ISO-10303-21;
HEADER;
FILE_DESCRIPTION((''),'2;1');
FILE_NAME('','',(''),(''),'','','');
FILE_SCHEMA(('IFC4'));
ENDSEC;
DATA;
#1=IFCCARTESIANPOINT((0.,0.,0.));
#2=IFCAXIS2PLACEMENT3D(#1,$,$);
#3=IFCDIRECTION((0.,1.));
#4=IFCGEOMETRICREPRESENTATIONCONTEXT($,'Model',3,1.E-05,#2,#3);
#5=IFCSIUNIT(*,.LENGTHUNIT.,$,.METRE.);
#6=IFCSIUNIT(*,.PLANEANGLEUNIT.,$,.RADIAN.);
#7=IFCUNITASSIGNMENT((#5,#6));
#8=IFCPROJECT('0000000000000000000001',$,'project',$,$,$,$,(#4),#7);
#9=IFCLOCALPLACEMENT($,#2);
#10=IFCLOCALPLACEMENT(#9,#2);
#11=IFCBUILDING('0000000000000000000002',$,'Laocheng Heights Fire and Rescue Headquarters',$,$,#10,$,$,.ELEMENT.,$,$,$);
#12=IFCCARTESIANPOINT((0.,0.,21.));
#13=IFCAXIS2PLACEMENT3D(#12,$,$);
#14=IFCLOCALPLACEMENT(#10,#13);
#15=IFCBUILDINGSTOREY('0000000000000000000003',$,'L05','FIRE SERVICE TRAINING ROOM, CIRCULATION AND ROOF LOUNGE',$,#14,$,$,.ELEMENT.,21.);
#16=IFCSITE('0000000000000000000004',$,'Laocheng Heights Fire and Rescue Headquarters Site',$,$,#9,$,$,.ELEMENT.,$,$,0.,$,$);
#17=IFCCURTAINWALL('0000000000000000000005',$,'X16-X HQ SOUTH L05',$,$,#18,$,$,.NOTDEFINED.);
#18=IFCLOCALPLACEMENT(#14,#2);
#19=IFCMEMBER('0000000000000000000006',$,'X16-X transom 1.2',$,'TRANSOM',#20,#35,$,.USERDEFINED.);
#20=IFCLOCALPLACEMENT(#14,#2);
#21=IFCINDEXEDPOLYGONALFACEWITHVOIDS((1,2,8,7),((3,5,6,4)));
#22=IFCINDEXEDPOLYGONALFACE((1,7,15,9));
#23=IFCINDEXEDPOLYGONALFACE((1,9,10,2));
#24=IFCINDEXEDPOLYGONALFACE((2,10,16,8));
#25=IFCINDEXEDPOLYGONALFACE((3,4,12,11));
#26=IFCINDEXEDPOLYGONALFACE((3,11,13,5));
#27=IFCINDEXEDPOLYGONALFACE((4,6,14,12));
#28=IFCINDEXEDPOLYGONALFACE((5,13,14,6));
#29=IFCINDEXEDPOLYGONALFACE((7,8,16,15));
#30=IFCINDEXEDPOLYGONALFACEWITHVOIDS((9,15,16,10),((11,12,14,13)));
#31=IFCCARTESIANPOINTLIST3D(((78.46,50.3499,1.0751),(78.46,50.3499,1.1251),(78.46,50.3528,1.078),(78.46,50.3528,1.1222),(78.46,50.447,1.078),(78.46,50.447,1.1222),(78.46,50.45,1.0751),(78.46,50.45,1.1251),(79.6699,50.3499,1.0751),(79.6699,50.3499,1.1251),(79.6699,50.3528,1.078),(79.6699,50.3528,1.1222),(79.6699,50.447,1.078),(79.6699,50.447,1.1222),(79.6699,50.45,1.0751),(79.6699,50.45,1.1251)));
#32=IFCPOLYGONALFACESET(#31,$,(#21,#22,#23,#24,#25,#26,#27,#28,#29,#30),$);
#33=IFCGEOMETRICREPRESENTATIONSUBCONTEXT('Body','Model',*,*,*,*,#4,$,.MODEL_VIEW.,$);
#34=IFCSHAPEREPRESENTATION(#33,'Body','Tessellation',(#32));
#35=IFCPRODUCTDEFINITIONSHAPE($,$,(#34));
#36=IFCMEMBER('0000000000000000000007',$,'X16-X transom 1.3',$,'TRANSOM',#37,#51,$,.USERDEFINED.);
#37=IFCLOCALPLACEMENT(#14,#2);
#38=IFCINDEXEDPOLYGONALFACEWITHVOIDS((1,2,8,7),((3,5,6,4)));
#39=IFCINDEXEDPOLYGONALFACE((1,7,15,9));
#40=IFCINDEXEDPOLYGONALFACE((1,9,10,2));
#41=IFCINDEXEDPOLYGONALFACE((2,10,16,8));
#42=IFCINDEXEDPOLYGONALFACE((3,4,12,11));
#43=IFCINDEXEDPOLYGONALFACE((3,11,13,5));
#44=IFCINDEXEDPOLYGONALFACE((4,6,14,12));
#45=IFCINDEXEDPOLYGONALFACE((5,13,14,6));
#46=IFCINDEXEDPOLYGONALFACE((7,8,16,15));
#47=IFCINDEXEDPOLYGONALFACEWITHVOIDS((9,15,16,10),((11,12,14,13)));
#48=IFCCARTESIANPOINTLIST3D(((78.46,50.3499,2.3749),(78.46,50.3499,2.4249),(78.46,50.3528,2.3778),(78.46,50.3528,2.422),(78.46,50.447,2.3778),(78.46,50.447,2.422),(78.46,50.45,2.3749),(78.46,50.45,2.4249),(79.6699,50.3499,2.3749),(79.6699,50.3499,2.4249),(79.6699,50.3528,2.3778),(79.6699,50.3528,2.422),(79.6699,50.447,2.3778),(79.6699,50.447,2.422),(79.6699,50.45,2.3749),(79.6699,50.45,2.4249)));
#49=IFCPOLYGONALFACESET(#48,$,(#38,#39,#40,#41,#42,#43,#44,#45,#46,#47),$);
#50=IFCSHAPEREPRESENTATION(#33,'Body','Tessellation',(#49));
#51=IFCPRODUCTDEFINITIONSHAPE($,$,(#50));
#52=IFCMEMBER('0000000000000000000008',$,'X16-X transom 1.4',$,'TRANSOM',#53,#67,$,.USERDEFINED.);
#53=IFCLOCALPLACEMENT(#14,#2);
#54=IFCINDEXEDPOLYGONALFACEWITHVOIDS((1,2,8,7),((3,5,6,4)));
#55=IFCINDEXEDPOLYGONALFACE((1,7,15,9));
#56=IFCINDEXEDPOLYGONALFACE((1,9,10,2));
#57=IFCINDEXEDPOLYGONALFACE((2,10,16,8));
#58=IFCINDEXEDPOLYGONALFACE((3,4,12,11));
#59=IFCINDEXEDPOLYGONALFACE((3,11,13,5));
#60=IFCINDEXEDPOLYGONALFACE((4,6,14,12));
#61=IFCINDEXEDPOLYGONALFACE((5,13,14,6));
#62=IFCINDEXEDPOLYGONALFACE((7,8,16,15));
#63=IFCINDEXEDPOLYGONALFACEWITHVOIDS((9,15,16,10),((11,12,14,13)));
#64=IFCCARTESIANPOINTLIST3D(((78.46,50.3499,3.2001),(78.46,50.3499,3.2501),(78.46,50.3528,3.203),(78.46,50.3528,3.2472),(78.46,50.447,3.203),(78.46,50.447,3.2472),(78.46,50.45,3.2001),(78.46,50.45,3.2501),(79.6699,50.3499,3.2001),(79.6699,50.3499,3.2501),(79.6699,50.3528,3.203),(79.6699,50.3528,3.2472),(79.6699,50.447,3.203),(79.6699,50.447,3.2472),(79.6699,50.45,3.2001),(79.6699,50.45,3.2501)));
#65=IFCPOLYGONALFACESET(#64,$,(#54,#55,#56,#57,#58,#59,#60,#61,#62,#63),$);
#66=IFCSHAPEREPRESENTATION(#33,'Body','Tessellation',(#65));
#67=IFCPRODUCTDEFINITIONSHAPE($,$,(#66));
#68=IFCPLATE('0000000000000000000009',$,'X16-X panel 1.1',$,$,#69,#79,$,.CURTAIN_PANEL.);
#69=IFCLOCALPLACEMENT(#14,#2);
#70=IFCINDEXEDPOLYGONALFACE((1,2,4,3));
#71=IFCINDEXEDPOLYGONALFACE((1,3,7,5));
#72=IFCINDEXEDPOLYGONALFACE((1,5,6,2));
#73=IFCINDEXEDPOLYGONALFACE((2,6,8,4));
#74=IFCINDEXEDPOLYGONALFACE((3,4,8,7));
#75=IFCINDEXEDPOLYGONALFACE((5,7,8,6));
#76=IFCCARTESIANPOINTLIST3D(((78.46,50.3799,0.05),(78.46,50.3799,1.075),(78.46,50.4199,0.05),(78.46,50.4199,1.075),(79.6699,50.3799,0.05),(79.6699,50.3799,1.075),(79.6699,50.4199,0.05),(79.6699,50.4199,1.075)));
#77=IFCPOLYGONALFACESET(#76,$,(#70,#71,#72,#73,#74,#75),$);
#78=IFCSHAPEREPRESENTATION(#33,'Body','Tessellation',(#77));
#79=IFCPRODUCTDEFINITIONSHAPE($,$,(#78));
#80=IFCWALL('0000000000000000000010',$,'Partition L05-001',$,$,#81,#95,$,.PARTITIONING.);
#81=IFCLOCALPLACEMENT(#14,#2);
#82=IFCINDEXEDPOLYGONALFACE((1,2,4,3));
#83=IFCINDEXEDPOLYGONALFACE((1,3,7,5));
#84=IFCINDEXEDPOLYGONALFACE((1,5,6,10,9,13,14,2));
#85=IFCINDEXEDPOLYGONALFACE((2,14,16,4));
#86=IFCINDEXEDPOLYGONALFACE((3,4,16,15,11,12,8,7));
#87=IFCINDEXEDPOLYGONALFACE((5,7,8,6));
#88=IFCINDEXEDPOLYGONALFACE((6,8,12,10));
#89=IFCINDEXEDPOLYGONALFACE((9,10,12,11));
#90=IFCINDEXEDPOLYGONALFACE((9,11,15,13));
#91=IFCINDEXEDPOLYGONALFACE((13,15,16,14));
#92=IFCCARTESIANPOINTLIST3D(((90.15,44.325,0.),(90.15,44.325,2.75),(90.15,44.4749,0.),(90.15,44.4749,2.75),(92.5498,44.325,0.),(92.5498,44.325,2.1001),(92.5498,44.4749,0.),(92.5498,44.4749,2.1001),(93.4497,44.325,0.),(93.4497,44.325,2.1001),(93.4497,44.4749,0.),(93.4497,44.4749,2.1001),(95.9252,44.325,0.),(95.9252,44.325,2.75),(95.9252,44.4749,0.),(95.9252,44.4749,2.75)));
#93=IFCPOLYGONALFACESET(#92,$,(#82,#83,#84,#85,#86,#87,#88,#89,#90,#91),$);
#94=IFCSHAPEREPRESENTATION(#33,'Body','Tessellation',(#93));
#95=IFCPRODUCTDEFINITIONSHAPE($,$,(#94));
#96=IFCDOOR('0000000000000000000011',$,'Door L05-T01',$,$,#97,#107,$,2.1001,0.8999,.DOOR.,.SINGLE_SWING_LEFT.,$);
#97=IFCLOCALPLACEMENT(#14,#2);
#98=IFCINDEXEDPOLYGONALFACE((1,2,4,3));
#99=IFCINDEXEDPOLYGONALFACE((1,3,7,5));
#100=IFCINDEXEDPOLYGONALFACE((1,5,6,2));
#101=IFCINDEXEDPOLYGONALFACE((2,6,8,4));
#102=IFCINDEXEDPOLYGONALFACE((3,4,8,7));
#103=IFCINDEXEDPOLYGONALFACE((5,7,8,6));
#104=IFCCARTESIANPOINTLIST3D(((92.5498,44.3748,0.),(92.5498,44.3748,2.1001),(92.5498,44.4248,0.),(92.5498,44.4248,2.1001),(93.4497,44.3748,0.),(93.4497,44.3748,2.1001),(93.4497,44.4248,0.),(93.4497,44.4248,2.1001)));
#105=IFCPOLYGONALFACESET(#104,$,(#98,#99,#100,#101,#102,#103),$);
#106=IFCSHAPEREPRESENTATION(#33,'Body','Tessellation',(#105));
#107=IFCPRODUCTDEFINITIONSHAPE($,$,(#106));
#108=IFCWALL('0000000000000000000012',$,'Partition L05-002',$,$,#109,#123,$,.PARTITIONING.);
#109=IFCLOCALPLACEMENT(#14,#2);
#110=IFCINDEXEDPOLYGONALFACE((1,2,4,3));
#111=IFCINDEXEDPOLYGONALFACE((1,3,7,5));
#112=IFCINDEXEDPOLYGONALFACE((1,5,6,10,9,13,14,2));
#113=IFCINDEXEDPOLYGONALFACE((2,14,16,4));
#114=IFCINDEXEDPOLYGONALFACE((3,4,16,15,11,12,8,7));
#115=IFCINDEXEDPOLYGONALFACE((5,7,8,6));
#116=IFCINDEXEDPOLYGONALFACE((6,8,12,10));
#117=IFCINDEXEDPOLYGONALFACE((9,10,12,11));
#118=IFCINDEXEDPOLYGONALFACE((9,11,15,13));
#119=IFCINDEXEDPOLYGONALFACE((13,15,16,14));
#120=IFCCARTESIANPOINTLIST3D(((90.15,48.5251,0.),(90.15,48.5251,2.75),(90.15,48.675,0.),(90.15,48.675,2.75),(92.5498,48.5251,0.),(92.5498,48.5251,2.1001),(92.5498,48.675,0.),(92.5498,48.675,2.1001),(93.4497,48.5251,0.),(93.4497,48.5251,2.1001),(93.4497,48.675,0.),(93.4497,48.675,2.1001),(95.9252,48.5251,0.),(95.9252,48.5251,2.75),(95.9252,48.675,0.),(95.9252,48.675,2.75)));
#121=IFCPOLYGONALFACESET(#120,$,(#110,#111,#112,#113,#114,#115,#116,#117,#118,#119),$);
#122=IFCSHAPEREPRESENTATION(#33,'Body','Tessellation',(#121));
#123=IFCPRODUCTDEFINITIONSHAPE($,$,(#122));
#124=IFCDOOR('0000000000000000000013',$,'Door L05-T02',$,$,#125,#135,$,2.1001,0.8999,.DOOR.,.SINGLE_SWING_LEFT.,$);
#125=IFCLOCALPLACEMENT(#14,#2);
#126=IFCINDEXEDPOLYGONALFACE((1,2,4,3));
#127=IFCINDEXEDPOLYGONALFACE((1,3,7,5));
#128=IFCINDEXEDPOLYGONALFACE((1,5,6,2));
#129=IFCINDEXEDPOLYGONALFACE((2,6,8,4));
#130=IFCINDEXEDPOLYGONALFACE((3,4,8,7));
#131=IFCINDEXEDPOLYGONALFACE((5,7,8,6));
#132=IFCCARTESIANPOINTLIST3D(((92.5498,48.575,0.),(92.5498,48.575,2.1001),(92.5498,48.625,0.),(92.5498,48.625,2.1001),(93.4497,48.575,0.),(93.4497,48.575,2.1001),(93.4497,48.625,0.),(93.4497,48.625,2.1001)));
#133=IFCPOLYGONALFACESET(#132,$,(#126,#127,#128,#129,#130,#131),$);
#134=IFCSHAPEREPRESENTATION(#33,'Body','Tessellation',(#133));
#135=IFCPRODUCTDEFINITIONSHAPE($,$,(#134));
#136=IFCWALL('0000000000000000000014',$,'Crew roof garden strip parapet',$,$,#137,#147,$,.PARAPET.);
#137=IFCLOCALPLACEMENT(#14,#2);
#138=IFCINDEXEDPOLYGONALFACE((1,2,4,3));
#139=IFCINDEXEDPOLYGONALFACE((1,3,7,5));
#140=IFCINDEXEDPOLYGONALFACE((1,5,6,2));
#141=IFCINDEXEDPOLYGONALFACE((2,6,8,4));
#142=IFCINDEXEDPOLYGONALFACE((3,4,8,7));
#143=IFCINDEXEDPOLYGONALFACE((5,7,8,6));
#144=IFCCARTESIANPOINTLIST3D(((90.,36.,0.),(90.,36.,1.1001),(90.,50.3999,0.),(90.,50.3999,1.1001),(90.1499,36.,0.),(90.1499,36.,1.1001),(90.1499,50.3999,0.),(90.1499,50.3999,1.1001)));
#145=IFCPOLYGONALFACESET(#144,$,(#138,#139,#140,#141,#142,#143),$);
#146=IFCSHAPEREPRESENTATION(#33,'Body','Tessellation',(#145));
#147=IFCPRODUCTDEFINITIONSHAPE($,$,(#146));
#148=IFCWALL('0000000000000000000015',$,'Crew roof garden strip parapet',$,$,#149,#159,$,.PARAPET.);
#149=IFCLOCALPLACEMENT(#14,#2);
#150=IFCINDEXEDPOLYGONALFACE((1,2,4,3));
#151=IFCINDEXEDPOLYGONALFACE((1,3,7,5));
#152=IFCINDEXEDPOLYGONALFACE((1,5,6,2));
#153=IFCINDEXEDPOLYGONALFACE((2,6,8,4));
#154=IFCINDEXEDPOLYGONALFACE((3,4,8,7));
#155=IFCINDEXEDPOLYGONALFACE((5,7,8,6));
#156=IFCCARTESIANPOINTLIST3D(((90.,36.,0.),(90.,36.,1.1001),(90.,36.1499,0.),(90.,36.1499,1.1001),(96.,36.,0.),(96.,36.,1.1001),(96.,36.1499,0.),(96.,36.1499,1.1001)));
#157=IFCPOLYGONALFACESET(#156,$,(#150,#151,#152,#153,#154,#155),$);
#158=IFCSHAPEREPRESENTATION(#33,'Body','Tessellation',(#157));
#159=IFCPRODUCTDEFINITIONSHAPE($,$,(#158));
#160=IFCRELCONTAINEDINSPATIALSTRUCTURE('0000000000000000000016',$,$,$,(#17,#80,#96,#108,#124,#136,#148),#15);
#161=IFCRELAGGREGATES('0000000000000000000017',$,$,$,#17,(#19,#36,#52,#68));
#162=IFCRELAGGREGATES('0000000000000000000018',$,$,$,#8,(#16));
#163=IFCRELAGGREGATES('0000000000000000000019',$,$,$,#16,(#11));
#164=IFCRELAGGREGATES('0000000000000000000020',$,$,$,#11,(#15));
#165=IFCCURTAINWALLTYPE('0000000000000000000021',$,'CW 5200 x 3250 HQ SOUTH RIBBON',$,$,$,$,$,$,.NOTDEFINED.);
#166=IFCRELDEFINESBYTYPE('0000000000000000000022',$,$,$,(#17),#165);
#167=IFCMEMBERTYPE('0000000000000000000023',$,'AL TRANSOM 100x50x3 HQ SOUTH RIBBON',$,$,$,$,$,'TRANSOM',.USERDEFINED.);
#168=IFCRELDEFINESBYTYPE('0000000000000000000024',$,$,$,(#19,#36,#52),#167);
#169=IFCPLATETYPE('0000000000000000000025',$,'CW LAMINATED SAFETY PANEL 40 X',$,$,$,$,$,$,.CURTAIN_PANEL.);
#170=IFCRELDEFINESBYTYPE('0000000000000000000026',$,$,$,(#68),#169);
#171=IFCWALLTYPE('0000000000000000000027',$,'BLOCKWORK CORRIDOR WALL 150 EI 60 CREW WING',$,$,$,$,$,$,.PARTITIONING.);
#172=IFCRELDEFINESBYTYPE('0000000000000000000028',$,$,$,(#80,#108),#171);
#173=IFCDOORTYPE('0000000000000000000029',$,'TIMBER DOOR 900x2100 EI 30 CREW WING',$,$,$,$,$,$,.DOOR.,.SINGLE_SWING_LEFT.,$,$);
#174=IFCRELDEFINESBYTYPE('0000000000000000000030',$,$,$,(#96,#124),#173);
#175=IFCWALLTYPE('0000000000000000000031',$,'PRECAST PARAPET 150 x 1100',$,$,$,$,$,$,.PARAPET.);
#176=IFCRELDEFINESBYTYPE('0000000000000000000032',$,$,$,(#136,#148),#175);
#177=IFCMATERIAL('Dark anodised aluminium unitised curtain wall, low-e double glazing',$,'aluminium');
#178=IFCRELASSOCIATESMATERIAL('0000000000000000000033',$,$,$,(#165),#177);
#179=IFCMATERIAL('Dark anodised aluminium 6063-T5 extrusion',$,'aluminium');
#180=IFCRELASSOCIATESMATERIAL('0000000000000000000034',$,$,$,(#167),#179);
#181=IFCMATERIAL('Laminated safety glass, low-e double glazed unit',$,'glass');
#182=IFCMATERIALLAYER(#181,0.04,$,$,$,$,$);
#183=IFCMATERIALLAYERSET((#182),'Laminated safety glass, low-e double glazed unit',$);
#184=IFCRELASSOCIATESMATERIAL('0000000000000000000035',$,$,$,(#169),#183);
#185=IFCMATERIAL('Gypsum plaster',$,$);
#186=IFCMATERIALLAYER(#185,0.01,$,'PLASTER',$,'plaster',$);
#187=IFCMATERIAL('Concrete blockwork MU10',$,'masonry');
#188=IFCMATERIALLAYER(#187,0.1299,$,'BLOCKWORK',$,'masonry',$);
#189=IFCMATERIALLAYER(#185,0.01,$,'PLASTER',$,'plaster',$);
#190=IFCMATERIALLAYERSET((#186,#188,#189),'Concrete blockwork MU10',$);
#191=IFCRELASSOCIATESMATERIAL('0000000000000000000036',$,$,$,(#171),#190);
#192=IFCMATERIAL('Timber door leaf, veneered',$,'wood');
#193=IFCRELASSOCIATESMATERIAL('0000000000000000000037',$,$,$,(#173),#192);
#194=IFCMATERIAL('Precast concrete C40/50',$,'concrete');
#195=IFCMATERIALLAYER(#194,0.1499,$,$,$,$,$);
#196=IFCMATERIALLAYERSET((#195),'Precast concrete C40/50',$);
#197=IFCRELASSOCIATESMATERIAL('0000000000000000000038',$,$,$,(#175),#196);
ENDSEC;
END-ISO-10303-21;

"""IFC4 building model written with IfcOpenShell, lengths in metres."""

from ifc_helpers import new_model, si_unit, direction, frame, frame_2d, origin, origin_2d, place, context, subcontext, project, spatial, rectangle, hollow_rectangle, extrude, material, layer, layer_set, material_profile, profile_set, type_object, element, fill, aggregate, save


model = new_model("IFC4")

# Units and contexts
model_context = context("Model", 3, precision=1e-05, world=origin(), true_north=direction((0.0, 1.0)))
body_context = subcontext(model_context, "Body", "Model", "MODEL_VIEW")
ifc_project = project(units=[si_unit("LENGTHUNIT", "METRE"), si_unit("PLANEANGLEUNIT", "RADIAN")], contexts=[model_context])

# Site, building, storey
site_placement = place(None, origin())
site = spatial("IfcSite", under=ifc_project, at=site_placement, Name="Laocheng Heights Fire and Rescue Headquarters Site", CompositionType="ELEMENT", RefElevation=0.0)
building_placement = place(site_placement, origin())
building = spatial("IfcBuilding", under=site, at=building_placement, Name="Laocheng Heights Fire and Rescue Headquarters", CompositionType="ELEMENT")
storey_placement = place(building_placement, frame((0.0, 0.0, 21.0)))
storey = spatial("IfcBuildingStorey", under=building, at=storey_placement, Name="L05", Description="FIRE SERVICE TRAINING ROOM, CIRCULATION AND ROOF LOUNGE", CompositionType="ELEMENT", Elevation=21.0)

# Curtain wall, members, plate
ifc_material_1 = material(Name="Dark anodised aluminium unitised curtain wall, low-e double glazing", Category="aluminium")
curtain_wall_type = type_object("IfcCurtainWallType", Name="CW 5200 x 3250 HQ SOUTH RIBBON", PredefinedType="NOTDEFINED", material=ifc_material_1)
curtain_wall_placement = place(storey_placement, origin())
curtain_wall = element("IfcCurtainWall", 1, at=curtain_wall_placement, inside=storey, type_object=curtain_wall_type, Name="X16-X HQ SOUTH L05", PredefinedType="NOTDEFINED")
ifc_material_2 = material(Name="Dark anodised aluminium 6063-T5 extrusion", Category="aluminium")
ifc_material_profile_1 = material_profile(ifc_material_2, hollow_rectangle(XDim=0.1001, YDim=0.05, WallThickness=0.0029, at=origin_2d()), Name="AL TRANSOM 100x50x3 HQ SOUTH RIBBON")
ifc_profile_set_1 = profile_set([ifc_material_profile_1], Name="Dark anodised aluminium 6063-T5 extrusion")
member_type = type_object("IfcMemberType", Name="AL TRANSOM 100x50x3 HQ SOUTH RIBBON", ElementType="TRANSOM", PredefinedType="USERDEFINED", material=ifc_profile_set_1)
member_1_placement = place(storey_placement, frame((78.46, 50.3999, 1.1001), z_axis=(1.0, 0.0, 0.0), x_axis=(0.0, 1.0, 0.0)))
member_1 = element("IfcMember", 2, at=member_1_placement, type_object=member_type, Name="X16-X transom 1.2", ObjectType="TRANSOM", PredefinedType="USERDEFINED", context=body_context, shape_type="SweptSolid", body=[
    extrude(hollow_rectangle(XDim=0.1001, YDim=0.05, WallThickness=0.0029, at=origin_2d()), origin(), (0.0, 0.0, 1.0), 1.21),
])
member_2_placement = place(storey_placement, frame((78.46, 50.3999, 2.3999), z_axis=(1.0, 0.0, 0.0), x_axis=(0.0, 1.0, 0.0)))
member_2 = element("IfcMember", 3, at=member_2_placement, type_object=member_type, Name="X16-X transom 1.3", ObjectType="TRANSOM", PredefinedType="USERDEFINED", context=body_context, shape_type="SweptSolid", body=[
    extrude(hollow_rectangle(XDim=0.1001, YDim=0.05, WallThickness=0.0029, at=origin_2d()), origin(), (0.0, 0.0, 1.0), 1.21),
])
member_3_placement = place(storey_placement, frame((78.46, 50.3999, 3.2251), z_axis=(1.0, 0.0, 0.0), x_axis=(0.0, 1.0, 0.0)))
member_3 = element("IfcMember", 4, at=member_3_placement, type_object=member_type, Name="X16-X transom 1.4", ObjectType="TRANSOM", PredefinedType="USERDEFINED", context=body_context, shape_type="SweptSolid", body=[
    extrude(hollow_rectangle(XDim=0.1001, YDim=0.05, WallThickness=0.0029, at=origin_2d()), origin(), (0.0, 0.0, 1.0), 1.21),
])
ifc_material_3 = material(Name="Laminated safety glass, low-e double glazed unit", Category="glass")
ifc_layer_1 = layer(ifc_material_3, 0.04)
ifc_layer_set_1 = layer_set([ifc_layer_1], Name="Laminated safety glass, low-e double glazed unit")
plate_type = type_object("IfcPlateType", Name="CW LAMINATED SAFETY PANEL 40 X", PredefinedType="CURTAIN_PANEL", material=ifc_layer_set_1)
plate_placement = place(storey_placement, frame((79.0649, 50.3999, 0.05), z_axis=(0.0, 0.0, 1.0), x_axis=(1.0, 0.0, 0.0)))
plate = element("IfcPlate", 5, at=plate_placement, type_object=plate_type, Name="X16-X panel 1.1", PredefinedType="CURTAIN_PANEL", context=body_context, shape_type="SweptSolid", body=[
    extrude(rectangle(XDim=1.21, YDim=0.04, at=origin_2d()), origin(), (0.0, 0.0, 1.0), 1.0249),
])
aggregate(curtain_wall, [member_1, member_2, member_3, plate])

# Walls, openings, doors
ifc_material_4 = material(Name="Gypsum plaster")
ifc_layer_2 = layer(ifc_material_4, 0.01, Name="PLASTER", Category="plaster")
ifc_material_5 = material(Name="Concrete blockwork MU10", Category="masonry")
ifc_layer_3 = layer(ifc_material_5, 0.1299, Name="BLOCKWORK", Category="masonry")
ifc_layer_4 = layer(ifc_material_4, 0.01, Name="PLASTER", Category="plaster")
ifc_layer_set_2 = layer_set([ifc_layer_2, ifc_layer_3, ifc_layer_4], Name="Concrete blockwork MU10")
wall_type_1 = type_object("IfcWallType", Name="BLOCKWORK CORRIDOR WALL 150 EI 60 CREW WING", PredefinedType="PARTITIONING", material=ifc_layer_set_2)
wall_1_placement = place(storey_placement, frame((90.1499, 44.3999, 0.0), z_axis=(0.0, 0.0, 1.0), x_axis=(1.0, 0.0, 0.0)))
wall_1 = element("IfcWall", 6, at=wall_1_placement, inside=storey, type_object=wall_type_1, Name="Partition L05-001", PredefinedType="PARTITIONING", context=body_context, shape_type="SweptSolid", body=[
    extrude(rectangle(XDim=5.7751, YDim=0.1499, at=frame_2d((2.8877, 0.0))), origin(), (0.0, 0.0, 1.0), 2.75),
])
opening_1_placement = place(wall_1_placement, frame((2.3999, 0.0, 0.0)))
opening_1 = element("IfcOpeningElement", 7, at=opening_1_placement, cuts=wall_1, PredefinedType="OPENING", context=body_context, shape_type="SweptSolid", body=[
    extrude(rectangle(XDim=0.8999, YDim=2.1001, at=frame_2d((0.45, 1.05))), frame((0.0, 0.085, 0.0), z_axis=(0.0, -1.0, 0.0), x_axis=(1.0, 0.0, 0.0)), (0.0, 0.0, 1.0), 0.1699),
])
ifc_material_6 = material(Name="Timber door leaf, veneered", Category="wood")
door_type = type_object("IfcDoorType", Name="TIMBER DOOR 900x2100 EI 30 CREW WING", OperationType="SINGLE_SWING_LEFT", PredefinedType="DOOR", material=ifc_material_6)
door_1_placement = place(opening_1_placement, origin())
door_1 = element("IfcDoor", 8, at=door_1_placement, inside=storey, type_object=door_type, Name="Door L05-T01", OperationType="SINGLE_SWING_LEFT", OverallHeight=2.1001, OverallWidth=0.8999, PredefinedType="DOOR", context=body_context, shape_type="SweptSolid", body=[
    extrude(rectangle(XDim=0.8999, YDim=2.1001, at=frame_2d((0.45, 1.05))), frame((0.0, 0.0249, 0.0), z_axis=(0.0, -1.0, 0.0), x_axis=(1.0, 0.0, 0.0)), (0.0, 0.0, 1.0), 0.05),
])
fill(opening_1, door_1)
wall_2_placement = place(storey_placement, frame((90.1499, 48.6001, 0.0), z_axis=(0.0, 0.0, 1.0), x_axis=(1.0, 0.0, 0.0)))
wall_2 = element("IfcWall", 9, at=wall_2_placement, inside=storey, type_object=wall_type_1, Name="Partition L05-002", PredefinedType="PARTITIONING", context=body_context, shape_type="SweptSolid", body=[
    extrude(rectangle(XDim=5.7751, YDim=0.1499, at=frame_2d((2.8877, 0.0))), origin(), (0.0, 0.0, 1.0), 2.75),
])
opening_2_placement = place(wall_2_placement, frame((2.3999, 0.0, 0.0)))
opening_2 = element("IfcOpeningElement", 10, at=opening_2_placement, cuts=wall_2, PredefinedType="OPENING", context=body_context, shape_type="SweptSolid", body=[
    extrude(rectangle(XDim=0.8999, YDim=2.1001, at=frame_2d((0.45, 1.05))), frame((0.0, 0.085, 0.0), z_axis=(0.0, -1.0, 0.0), x_axis=(1.0, 0.0, 0.0)), (0.0, 0.0, 1.0), 0.1699),
])
door_2_placement = place(opening_2_placement, origin())
door_2 = element("IfcDoor", 11, at=door_2_placement, inside=storey, type_object=door_type, Name="Door L05-T02", OperationType="SINGLE_SWING_LEFT", OverallHeight=2.1001, OverallWidth=0.8999, PredefinedType="DOOR", context=body_context, shape_type="SweptSolid", body=[
    extrude(rectangle(XDim=0.8999, YDim=2.1001, at=frame_2d((0.45, 1.05))), frame((0.0, 0.0249, 0.0), z_axis=(0.0, -1.0, 0.0), x_axis=(1.0, 0.0, 0.0)), (0.0, 0.0, 1.0), 0.05),
])
fill(opening_2, door_2)

# Walls
ifc_material_7 = material(Name="Precast concrete C40/50", Category="concrete")
ifc_layer_5 = layer(ifc_material_7, 0.1499)
ifc_layer_set_3 = layer_set([ifc_layer_5], Name="Precast concrete C40/50")
wall_type_2 = type_object("IfcWallType", Name="PRECAST PARAPET 150 x 1100", PredefinedType="PARAPET", material=ifc_layer_set_3)
wall_3_placement = place(storey_placement, frame((90.075, 36.0, 0.0), z_axis=(0.0, 0.0, 1.0), x_axis=(0.0, 1.0, 0.0)))
element("IfcWall", 12, at=wall_3_placement, inside=storey, type_object=wall_type_2, Name="Crew roof garden strip parapet", PredefinedType="PARAPET", context=body_context, shape_type="SweptSolid", body=[
    extrude(rectangle(XDim=14.3999, YDim=0.1499, at=frame_2d((7.2, 0.0))), origin(), (0.0, 0.0, 1.0), 1.1001),
])
wall_4_placement = place(storey_placement, frame((90.0, 36.075, 0.0), z_axis=(0.0, 0.0, 1.0), x_axis=(1.0, 0.0, 0.0)))
element("IfcWall", 13, at=wall_4_placement, inside=storey, type_object=wall_type_2, Name="Crew roof garden strip parapet", PredefinedType="PARAPET", context=body_context, shape_type="SweptSolid", body=[
    extrude(rectangle(XDim=6.0, YDim=0.1499, at=frame_2d((3.0, 0.0))), origin(), (0.0, 0.0, 1.0), 1.1001),
])

save(model, "model.ifc")
